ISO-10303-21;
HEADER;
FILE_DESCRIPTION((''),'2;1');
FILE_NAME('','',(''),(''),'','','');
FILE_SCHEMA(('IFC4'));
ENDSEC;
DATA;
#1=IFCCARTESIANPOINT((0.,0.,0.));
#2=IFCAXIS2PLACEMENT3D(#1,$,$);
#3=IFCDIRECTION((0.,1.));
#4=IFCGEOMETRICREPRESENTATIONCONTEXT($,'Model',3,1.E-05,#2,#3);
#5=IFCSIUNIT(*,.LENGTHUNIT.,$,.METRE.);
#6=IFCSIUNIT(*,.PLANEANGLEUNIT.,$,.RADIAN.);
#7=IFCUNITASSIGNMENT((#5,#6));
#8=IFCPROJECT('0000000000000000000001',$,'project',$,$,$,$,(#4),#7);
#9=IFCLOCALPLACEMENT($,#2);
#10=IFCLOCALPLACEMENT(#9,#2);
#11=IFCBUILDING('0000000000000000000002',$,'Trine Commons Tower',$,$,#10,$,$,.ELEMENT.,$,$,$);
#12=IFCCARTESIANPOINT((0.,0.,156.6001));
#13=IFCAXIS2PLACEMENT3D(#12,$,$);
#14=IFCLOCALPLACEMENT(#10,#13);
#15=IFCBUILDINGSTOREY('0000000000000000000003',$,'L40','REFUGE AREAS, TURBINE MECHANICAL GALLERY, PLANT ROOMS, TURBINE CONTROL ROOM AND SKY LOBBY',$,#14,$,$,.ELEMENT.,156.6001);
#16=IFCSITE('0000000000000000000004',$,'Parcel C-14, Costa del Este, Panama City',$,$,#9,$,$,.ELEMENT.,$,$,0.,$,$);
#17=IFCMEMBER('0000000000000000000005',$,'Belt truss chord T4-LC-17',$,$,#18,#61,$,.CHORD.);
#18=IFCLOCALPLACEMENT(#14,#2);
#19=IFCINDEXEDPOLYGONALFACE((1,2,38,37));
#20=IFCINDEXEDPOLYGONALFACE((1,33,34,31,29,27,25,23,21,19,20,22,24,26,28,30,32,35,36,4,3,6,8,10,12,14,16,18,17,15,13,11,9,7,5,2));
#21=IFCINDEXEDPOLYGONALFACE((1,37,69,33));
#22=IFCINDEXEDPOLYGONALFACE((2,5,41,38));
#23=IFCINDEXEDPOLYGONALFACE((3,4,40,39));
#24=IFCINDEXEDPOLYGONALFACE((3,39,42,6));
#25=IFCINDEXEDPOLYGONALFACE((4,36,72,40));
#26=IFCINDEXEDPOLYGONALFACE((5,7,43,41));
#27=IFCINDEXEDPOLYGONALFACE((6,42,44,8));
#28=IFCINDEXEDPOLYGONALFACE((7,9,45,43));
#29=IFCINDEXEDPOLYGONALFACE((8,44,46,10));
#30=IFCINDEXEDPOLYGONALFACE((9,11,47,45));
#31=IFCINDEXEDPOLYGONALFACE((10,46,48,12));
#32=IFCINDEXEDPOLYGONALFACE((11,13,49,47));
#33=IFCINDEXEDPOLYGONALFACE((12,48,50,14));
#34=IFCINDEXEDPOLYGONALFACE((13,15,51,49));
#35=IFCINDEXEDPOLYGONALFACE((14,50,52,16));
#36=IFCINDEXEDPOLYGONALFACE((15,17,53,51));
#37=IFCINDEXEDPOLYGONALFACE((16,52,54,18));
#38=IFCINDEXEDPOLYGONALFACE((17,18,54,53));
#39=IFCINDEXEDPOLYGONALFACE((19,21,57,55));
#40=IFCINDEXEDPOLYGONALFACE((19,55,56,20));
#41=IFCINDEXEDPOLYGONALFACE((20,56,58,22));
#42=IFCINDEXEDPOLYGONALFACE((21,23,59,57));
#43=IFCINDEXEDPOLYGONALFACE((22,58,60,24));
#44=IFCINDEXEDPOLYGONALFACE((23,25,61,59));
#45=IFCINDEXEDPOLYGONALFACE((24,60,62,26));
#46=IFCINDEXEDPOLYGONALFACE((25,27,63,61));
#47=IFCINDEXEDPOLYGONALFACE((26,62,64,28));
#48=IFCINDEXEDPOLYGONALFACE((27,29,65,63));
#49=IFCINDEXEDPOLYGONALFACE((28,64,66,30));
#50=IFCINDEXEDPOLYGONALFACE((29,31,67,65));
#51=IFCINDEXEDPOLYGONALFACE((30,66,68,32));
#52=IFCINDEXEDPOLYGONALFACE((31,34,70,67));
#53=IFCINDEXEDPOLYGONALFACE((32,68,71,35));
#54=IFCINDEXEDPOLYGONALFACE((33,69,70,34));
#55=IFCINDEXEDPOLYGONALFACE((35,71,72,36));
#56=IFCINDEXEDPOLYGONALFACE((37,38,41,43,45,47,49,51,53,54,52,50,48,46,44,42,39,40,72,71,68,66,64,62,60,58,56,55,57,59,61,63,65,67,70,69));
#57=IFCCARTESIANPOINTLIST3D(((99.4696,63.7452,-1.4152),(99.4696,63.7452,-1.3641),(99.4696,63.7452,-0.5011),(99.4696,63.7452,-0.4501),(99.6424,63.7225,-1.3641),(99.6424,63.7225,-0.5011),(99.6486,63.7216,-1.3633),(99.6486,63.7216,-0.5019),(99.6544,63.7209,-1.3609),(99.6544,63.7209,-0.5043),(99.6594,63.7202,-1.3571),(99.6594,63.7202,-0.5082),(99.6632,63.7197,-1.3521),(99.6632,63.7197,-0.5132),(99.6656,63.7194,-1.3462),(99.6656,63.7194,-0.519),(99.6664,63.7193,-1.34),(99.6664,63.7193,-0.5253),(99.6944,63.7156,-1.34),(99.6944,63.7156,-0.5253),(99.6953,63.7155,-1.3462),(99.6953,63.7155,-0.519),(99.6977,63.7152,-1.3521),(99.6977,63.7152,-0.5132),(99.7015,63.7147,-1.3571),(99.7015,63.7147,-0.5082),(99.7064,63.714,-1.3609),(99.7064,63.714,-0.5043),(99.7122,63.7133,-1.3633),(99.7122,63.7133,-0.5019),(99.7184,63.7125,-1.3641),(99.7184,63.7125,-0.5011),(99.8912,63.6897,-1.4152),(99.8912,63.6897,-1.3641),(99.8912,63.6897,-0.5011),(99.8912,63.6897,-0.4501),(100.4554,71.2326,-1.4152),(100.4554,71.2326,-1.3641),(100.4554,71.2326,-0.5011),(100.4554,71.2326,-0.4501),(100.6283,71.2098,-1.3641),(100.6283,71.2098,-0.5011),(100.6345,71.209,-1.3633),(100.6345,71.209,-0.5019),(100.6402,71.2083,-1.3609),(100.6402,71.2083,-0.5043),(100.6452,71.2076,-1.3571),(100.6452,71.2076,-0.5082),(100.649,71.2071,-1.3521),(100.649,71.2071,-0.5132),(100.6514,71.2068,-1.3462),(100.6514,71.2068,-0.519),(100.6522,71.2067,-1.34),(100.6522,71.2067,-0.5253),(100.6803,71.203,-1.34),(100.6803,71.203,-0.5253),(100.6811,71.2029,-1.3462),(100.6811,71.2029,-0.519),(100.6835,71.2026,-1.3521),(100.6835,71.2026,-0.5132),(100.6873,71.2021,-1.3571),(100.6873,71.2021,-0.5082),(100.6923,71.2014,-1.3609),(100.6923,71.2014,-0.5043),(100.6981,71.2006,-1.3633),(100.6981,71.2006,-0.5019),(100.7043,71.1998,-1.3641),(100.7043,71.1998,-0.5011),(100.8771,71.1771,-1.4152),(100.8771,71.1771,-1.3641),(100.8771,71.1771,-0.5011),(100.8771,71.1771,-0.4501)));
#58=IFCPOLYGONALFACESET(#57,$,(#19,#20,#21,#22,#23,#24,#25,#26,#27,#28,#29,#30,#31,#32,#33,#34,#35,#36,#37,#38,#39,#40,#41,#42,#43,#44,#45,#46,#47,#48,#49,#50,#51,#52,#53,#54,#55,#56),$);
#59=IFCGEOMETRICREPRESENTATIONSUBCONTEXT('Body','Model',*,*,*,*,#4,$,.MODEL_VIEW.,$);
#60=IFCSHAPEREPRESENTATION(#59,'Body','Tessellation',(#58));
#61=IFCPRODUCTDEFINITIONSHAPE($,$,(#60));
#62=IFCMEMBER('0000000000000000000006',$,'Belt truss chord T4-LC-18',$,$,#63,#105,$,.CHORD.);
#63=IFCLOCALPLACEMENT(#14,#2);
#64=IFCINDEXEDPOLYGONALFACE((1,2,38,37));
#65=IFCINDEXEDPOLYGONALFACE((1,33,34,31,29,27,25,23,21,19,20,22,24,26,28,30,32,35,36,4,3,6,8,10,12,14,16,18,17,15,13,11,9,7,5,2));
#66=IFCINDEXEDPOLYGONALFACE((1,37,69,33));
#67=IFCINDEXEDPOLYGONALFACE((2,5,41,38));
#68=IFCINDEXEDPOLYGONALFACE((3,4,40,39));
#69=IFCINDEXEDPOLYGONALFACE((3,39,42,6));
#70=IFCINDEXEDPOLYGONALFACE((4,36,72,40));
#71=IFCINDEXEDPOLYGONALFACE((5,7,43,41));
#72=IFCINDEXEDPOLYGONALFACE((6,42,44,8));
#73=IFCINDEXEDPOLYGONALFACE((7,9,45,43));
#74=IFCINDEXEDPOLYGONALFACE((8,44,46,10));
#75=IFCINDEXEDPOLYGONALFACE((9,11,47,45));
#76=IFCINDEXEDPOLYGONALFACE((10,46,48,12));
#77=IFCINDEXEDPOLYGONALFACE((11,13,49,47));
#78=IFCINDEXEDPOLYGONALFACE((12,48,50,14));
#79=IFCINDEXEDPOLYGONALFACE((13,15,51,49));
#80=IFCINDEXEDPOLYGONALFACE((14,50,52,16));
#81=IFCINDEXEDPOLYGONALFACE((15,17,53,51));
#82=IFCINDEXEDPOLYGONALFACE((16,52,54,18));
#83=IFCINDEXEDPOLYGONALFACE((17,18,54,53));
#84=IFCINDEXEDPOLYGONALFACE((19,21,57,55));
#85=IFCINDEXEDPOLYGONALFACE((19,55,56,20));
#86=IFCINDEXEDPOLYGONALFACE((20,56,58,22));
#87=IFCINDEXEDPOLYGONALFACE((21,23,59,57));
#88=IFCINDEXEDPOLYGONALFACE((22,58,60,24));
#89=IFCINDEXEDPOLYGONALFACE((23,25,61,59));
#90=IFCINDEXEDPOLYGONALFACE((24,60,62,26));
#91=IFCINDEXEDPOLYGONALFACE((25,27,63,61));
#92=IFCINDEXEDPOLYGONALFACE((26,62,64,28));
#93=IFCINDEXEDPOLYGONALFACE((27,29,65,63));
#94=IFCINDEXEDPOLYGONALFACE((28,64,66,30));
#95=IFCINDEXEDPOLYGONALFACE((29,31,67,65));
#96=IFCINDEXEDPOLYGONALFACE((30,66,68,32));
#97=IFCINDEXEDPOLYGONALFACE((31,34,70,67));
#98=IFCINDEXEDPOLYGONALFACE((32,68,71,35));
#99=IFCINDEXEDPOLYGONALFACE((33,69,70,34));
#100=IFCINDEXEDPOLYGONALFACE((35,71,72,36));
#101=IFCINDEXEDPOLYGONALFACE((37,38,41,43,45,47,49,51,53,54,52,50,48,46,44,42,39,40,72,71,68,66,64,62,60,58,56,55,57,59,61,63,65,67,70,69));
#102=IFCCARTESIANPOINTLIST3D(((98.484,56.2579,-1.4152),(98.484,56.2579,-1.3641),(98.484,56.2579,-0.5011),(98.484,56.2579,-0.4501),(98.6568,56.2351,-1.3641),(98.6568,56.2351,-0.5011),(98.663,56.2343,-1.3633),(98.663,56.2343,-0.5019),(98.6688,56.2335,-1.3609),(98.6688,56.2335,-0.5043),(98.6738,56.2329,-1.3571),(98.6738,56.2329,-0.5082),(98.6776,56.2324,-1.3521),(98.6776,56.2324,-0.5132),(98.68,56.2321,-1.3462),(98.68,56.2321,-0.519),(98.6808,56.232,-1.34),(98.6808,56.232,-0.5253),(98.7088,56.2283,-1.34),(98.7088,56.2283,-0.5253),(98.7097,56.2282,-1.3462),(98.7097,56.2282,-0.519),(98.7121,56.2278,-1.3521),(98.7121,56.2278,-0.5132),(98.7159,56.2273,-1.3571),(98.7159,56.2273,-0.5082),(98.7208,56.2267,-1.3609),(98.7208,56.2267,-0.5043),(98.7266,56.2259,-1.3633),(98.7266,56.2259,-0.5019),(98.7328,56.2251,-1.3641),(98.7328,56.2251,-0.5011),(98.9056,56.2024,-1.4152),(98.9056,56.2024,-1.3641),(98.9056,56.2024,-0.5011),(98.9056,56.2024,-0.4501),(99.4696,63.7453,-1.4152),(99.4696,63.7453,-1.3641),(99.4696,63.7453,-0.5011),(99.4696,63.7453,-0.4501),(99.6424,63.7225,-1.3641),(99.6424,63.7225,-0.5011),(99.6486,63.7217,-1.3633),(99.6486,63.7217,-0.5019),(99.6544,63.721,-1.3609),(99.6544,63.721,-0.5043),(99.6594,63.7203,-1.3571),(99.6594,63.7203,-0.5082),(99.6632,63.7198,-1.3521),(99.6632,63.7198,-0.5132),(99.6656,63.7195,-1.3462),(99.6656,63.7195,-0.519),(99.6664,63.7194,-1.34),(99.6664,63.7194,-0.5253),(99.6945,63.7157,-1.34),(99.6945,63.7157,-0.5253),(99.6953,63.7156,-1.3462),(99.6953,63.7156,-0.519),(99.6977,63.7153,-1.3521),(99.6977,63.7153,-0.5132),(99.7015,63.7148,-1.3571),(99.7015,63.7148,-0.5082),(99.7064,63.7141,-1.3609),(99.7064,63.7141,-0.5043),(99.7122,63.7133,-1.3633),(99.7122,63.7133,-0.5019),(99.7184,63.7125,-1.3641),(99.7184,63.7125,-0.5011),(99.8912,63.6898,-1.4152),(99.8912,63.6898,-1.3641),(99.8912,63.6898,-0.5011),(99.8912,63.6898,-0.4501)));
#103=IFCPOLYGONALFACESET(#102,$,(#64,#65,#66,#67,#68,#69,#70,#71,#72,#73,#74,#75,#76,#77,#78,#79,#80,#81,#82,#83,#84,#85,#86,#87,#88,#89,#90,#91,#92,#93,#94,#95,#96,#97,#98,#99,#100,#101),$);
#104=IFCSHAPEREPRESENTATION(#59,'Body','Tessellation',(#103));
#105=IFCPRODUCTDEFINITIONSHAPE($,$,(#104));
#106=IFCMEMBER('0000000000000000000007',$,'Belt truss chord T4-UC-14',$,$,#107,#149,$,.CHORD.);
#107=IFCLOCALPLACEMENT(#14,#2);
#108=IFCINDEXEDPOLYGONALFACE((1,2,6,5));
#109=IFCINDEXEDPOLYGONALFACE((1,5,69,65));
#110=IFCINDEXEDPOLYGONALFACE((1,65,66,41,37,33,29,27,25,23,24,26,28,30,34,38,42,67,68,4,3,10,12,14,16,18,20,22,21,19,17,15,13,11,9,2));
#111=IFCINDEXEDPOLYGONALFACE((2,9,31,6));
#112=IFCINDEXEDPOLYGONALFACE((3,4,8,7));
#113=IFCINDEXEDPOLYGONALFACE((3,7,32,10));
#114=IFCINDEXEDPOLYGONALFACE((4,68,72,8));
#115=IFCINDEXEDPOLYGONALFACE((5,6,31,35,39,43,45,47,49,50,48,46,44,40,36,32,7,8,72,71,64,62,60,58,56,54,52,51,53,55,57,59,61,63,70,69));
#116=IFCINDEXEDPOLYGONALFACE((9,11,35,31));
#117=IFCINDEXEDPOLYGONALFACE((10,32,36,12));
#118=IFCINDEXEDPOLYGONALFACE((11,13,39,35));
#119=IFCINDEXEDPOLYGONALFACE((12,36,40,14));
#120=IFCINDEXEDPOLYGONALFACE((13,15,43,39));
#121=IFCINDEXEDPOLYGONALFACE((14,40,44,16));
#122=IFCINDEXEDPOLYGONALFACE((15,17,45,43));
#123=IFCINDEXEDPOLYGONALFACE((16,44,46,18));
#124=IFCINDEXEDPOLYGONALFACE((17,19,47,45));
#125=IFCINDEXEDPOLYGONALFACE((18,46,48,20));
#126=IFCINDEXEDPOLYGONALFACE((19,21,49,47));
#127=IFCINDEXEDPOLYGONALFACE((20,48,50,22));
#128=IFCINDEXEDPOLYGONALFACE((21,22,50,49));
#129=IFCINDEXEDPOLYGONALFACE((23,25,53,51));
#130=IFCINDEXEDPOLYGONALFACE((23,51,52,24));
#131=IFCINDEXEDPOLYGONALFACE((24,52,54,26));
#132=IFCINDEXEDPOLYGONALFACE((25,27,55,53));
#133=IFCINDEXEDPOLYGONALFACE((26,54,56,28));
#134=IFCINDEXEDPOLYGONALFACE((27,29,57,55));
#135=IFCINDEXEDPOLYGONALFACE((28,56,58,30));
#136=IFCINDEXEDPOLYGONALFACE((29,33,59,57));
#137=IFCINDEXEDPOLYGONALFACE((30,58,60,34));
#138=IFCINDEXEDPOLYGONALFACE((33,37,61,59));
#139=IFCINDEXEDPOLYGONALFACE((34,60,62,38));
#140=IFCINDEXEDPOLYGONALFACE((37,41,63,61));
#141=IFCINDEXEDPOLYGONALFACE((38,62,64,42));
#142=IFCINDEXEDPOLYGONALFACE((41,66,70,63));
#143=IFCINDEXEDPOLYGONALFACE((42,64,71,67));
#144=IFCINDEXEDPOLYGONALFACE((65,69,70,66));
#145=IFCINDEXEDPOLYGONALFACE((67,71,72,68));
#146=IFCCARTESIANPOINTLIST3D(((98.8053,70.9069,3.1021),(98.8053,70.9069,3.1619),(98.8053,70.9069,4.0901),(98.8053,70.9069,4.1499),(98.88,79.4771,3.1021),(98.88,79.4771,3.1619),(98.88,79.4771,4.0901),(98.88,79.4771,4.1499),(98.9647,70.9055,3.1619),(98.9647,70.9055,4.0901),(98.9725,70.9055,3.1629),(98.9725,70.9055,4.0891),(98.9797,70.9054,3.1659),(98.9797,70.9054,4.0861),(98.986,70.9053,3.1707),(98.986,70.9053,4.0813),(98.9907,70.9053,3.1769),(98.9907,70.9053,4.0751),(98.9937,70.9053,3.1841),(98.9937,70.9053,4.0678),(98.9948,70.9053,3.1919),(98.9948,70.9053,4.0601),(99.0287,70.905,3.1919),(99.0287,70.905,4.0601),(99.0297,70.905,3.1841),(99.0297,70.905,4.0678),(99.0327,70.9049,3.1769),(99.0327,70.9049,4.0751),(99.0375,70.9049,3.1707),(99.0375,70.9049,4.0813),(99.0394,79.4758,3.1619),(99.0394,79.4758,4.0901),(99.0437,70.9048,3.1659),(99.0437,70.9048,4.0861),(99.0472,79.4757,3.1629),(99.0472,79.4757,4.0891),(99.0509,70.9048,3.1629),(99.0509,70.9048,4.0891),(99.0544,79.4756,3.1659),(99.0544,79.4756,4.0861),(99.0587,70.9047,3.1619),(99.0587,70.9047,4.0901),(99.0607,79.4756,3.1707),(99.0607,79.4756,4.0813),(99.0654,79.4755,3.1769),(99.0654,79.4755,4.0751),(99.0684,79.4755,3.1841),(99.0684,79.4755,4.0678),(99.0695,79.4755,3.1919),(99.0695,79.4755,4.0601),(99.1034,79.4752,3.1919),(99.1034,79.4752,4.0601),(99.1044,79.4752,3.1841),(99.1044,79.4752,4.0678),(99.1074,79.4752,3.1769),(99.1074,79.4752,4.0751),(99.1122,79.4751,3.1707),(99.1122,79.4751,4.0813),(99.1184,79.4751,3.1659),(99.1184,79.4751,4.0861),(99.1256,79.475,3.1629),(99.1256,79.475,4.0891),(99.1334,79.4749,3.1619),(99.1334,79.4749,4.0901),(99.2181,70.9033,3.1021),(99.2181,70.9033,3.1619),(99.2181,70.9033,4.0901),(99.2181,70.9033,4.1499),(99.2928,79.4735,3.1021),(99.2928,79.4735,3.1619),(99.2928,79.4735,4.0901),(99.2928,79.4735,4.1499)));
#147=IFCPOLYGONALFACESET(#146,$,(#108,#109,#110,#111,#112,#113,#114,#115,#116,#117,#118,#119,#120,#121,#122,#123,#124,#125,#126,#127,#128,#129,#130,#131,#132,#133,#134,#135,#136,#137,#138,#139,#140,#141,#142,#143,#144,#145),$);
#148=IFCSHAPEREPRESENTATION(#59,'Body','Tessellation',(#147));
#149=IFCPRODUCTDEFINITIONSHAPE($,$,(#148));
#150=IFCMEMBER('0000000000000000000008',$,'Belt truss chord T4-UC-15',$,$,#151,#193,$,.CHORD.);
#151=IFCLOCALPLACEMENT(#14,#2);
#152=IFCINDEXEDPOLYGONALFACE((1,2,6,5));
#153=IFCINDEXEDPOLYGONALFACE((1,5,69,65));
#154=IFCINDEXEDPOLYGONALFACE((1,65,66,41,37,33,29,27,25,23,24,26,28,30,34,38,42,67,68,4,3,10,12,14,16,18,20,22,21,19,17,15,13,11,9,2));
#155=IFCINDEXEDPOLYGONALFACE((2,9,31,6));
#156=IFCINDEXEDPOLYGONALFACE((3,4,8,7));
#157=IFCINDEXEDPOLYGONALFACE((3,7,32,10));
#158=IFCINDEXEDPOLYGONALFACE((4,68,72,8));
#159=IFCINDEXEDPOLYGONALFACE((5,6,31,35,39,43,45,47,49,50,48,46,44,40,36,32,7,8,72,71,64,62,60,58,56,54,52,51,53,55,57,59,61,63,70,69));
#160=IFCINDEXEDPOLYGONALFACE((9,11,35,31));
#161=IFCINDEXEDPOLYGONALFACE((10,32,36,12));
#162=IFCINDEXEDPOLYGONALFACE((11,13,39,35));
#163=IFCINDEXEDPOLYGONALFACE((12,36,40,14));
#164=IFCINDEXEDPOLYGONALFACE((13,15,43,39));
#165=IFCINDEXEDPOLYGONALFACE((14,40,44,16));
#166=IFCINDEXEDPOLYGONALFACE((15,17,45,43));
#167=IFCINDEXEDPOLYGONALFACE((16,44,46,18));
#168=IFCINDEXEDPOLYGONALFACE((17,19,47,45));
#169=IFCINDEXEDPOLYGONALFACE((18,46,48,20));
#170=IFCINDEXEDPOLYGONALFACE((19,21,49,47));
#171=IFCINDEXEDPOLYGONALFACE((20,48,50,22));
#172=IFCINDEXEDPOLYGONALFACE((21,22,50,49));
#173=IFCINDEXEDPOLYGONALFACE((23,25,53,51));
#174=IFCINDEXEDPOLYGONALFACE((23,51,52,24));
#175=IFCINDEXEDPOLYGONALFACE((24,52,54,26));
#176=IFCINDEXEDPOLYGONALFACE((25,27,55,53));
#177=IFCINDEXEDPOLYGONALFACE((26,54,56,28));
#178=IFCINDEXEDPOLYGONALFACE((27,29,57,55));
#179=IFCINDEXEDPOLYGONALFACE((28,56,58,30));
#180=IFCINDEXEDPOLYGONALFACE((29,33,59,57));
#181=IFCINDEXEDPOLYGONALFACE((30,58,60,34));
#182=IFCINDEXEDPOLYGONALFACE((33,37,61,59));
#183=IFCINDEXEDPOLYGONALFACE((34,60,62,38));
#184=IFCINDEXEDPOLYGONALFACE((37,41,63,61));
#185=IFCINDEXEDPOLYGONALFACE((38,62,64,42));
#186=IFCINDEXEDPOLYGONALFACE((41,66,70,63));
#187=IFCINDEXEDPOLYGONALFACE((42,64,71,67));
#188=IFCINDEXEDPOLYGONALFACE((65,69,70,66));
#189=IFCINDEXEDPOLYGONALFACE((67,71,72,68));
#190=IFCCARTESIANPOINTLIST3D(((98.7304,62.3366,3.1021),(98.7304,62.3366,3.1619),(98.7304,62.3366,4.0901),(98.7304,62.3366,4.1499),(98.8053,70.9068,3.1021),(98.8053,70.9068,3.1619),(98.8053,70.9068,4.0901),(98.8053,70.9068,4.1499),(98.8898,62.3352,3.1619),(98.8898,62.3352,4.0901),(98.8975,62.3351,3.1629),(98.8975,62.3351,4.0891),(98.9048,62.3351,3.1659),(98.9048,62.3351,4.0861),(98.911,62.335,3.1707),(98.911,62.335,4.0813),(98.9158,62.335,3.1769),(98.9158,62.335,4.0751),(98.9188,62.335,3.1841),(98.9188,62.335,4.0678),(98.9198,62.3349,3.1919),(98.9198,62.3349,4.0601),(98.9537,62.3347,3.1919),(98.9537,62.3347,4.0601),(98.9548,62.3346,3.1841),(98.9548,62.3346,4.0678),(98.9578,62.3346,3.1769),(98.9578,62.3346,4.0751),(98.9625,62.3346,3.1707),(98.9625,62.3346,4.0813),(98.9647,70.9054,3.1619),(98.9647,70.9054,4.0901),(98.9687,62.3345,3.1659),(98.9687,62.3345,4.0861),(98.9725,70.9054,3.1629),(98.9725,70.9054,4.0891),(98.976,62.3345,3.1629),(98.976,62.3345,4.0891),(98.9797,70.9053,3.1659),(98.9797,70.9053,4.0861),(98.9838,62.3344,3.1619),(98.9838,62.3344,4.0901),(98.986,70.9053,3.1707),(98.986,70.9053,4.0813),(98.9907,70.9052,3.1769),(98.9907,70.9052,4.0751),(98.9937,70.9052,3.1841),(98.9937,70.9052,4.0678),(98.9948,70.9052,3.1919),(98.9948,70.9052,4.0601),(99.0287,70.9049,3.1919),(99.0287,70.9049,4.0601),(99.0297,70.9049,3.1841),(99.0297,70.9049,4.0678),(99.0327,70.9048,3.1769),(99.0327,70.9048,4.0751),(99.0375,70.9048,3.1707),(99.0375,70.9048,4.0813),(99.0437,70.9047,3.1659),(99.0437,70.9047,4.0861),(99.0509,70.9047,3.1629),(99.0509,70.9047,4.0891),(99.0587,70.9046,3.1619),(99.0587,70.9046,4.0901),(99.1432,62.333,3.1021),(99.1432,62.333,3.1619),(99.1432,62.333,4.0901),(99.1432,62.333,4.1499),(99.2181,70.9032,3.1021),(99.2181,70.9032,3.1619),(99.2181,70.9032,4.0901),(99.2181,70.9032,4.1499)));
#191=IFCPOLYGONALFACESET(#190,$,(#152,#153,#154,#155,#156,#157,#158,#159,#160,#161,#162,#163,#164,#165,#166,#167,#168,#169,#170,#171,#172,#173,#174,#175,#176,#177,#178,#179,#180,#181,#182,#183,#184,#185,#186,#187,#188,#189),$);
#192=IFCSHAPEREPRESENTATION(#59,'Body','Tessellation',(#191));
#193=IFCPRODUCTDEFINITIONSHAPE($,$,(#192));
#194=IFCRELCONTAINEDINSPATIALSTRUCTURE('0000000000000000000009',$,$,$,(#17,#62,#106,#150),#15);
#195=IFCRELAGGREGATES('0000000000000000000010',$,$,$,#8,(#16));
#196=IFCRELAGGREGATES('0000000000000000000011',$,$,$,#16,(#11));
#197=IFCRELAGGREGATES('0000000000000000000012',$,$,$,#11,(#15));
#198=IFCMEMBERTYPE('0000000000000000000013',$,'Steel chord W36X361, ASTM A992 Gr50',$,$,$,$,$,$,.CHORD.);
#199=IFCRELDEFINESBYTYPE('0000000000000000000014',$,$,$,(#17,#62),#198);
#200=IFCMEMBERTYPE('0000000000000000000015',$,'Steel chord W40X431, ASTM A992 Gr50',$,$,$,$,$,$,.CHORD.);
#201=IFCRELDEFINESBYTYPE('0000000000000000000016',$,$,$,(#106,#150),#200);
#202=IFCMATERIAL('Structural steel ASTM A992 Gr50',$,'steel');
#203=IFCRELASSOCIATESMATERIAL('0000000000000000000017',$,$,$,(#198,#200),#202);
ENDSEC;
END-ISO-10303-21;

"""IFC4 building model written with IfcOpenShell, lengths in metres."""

from ifc_helpers import new_model, si_unit, direction, frame, origin, origin_2d, place, context, subcontext, project, spatial, i_section, extrude, material, material_profile, profile_set, type_object, element, save


model = new_model("IFC4")

# Units and contexts
model_context = context("Model", 3, precision=1e-05, world=origin(), true_north=direction((0.0, 1.0)))
body_context = subcontext(model_context, "Body", "Model", "MODEL_VIEW")
ifc_project = project(units=[si_unit("LENGTHUNIT", "METRE"), si_unit("PLANEANGLEUNIT", "RADIAN")], contexts=[model_context])

# Site, building, storey
site_placement = place(None, origin())
site = spatial("IfcSite", under=ifc_project, at=site_placement, Name="Parcel C-14, Costa del Este, Panama City", CompositionType="ELEMENT", RefElevation=0.0)
building_placement = place(site_placement, origin())
building = spatial("IfcBuilding", under=site, at=building_placement, Name="Trine Commons Tower", CompositionType="ELEMENT")
storey_placement = place(building_placement, frame((0.0, 0.0, 156.6001)))
storey = spatial("IfcBuildingStorey", under=building, at=storey_placement, Name="L40", Description="REFUGE AREAS, TURBINE MECHANICAL GALLERY, PLANT ROOMS, TURBINE CONTROL ROOM AND SKY LOBBY", CompositionType="ELEMENT", Elevation=156.6001)

# Members
ifc_material_1 = material(Name="Structural steel ASTM A992 Gr50", Category="steel")
ifc_material_profile_1 = material_profile(ifc_material_1, i_section(OverallWidth=0.4253, OverallDepth=0.9651, WebThickness=0.0283, FlangeThickness=0.051, FilletRadius=0.0242, at=origin_2d()), Name="W36X361")
ifc_profile_set_1 = profile_set([ifc_material_profile_1], Name="Structural steel ASTM A992 Gr50")
member_type_1 = type_object("IfcMemberType", Name="Steel chord W36X361, ASTM A992 Gr50", PredefinedType="CHORD", material=ifc_profile_set_1)
for number, where, z_axis, x_axis, name in (
    (1, (100.6663, 71.2048, -0.9326), (-0.130541, -0.991443, 0.0), (0.991443, -0.130541, 0.0), "Belt truss chord T4-LC-17"),
    (2, (99.6804, 63.7175, -0.9326), (-0.13051, -0.991447, 0.0), (0.991447, -0.13051, 0.0), "Belt truss chord T4-LC-18"),
):
    element("IfcMember", number, at=place(storey_placement, frame(where, z_axis=z_axis, x_axis=x_axis)), inside=storey, type_object=member_type_1, Name=name, PredefinedType="CHORD", context=body_context, shape_type="SweptSolid", body=[
        extrude(i_section(OverallWidth=0.4253, OverallDepth=0.9651, WebThickness=0.0283, FlangeThickness=0.051, FilletRadius=0.0242, at=origin_2d()), origin(), (0.0, 0.0, 1.0), 7.552),
    ])
ifc_material_profile_2 = material_profile(ifc_material_1, i_section(OverallWidth=0.4128, OverallDepth=1.0479, WebThickness=0.0339, FlangeThickness=0.0598, FilletRadius=0.03, at=origin_2d()), Name="W40X431")
ifc_profile_set_2 = profile_set([ifc_material_profile_2], Name="Structural steel ASTM A992 Gr50")
member_type_2 = type_object("IfcMemberType", Name="Steel chord W40X431, ASTM A992 Gr50", PredefinedType="CHORD", material=ifc_profile_set_2)
for number, where, z_axis, x_axis, name in (
    (3, (99.0864, 79.4753, 3.626), (-0.008717, -0.999962, 0.0), (0.999962, -0.008717, 0.0), "Belt truss chord T4-UC-14"),
    (4, (99.0117, 70.905, 3.626), (-0.008745, -0.999962, 0.0), (0.999962, -0.008745, 0.0), "Belt truss chord T4-UC-15"),
):
    element("IfcMember", number, at=place(storey_placement, frame(where, z_axis=z_axis, x_axis=x_axis)), inside=storey, type_object=member_type_2, Name=name, PredefinedType="CHORD", context=body_context, shape_type="SweptSolid", body=[
        extrude(i_section(OverallWidth=0.4128, OverallDepth=1.0479, WebThickness=0.0339, FlangeThickness=0.0598, FilletRadius=0.03, at=origin_2d()), origin(), (0.0, 0.0, 1.0), 8.5706),
    ])

save(model, "model.ifc")
